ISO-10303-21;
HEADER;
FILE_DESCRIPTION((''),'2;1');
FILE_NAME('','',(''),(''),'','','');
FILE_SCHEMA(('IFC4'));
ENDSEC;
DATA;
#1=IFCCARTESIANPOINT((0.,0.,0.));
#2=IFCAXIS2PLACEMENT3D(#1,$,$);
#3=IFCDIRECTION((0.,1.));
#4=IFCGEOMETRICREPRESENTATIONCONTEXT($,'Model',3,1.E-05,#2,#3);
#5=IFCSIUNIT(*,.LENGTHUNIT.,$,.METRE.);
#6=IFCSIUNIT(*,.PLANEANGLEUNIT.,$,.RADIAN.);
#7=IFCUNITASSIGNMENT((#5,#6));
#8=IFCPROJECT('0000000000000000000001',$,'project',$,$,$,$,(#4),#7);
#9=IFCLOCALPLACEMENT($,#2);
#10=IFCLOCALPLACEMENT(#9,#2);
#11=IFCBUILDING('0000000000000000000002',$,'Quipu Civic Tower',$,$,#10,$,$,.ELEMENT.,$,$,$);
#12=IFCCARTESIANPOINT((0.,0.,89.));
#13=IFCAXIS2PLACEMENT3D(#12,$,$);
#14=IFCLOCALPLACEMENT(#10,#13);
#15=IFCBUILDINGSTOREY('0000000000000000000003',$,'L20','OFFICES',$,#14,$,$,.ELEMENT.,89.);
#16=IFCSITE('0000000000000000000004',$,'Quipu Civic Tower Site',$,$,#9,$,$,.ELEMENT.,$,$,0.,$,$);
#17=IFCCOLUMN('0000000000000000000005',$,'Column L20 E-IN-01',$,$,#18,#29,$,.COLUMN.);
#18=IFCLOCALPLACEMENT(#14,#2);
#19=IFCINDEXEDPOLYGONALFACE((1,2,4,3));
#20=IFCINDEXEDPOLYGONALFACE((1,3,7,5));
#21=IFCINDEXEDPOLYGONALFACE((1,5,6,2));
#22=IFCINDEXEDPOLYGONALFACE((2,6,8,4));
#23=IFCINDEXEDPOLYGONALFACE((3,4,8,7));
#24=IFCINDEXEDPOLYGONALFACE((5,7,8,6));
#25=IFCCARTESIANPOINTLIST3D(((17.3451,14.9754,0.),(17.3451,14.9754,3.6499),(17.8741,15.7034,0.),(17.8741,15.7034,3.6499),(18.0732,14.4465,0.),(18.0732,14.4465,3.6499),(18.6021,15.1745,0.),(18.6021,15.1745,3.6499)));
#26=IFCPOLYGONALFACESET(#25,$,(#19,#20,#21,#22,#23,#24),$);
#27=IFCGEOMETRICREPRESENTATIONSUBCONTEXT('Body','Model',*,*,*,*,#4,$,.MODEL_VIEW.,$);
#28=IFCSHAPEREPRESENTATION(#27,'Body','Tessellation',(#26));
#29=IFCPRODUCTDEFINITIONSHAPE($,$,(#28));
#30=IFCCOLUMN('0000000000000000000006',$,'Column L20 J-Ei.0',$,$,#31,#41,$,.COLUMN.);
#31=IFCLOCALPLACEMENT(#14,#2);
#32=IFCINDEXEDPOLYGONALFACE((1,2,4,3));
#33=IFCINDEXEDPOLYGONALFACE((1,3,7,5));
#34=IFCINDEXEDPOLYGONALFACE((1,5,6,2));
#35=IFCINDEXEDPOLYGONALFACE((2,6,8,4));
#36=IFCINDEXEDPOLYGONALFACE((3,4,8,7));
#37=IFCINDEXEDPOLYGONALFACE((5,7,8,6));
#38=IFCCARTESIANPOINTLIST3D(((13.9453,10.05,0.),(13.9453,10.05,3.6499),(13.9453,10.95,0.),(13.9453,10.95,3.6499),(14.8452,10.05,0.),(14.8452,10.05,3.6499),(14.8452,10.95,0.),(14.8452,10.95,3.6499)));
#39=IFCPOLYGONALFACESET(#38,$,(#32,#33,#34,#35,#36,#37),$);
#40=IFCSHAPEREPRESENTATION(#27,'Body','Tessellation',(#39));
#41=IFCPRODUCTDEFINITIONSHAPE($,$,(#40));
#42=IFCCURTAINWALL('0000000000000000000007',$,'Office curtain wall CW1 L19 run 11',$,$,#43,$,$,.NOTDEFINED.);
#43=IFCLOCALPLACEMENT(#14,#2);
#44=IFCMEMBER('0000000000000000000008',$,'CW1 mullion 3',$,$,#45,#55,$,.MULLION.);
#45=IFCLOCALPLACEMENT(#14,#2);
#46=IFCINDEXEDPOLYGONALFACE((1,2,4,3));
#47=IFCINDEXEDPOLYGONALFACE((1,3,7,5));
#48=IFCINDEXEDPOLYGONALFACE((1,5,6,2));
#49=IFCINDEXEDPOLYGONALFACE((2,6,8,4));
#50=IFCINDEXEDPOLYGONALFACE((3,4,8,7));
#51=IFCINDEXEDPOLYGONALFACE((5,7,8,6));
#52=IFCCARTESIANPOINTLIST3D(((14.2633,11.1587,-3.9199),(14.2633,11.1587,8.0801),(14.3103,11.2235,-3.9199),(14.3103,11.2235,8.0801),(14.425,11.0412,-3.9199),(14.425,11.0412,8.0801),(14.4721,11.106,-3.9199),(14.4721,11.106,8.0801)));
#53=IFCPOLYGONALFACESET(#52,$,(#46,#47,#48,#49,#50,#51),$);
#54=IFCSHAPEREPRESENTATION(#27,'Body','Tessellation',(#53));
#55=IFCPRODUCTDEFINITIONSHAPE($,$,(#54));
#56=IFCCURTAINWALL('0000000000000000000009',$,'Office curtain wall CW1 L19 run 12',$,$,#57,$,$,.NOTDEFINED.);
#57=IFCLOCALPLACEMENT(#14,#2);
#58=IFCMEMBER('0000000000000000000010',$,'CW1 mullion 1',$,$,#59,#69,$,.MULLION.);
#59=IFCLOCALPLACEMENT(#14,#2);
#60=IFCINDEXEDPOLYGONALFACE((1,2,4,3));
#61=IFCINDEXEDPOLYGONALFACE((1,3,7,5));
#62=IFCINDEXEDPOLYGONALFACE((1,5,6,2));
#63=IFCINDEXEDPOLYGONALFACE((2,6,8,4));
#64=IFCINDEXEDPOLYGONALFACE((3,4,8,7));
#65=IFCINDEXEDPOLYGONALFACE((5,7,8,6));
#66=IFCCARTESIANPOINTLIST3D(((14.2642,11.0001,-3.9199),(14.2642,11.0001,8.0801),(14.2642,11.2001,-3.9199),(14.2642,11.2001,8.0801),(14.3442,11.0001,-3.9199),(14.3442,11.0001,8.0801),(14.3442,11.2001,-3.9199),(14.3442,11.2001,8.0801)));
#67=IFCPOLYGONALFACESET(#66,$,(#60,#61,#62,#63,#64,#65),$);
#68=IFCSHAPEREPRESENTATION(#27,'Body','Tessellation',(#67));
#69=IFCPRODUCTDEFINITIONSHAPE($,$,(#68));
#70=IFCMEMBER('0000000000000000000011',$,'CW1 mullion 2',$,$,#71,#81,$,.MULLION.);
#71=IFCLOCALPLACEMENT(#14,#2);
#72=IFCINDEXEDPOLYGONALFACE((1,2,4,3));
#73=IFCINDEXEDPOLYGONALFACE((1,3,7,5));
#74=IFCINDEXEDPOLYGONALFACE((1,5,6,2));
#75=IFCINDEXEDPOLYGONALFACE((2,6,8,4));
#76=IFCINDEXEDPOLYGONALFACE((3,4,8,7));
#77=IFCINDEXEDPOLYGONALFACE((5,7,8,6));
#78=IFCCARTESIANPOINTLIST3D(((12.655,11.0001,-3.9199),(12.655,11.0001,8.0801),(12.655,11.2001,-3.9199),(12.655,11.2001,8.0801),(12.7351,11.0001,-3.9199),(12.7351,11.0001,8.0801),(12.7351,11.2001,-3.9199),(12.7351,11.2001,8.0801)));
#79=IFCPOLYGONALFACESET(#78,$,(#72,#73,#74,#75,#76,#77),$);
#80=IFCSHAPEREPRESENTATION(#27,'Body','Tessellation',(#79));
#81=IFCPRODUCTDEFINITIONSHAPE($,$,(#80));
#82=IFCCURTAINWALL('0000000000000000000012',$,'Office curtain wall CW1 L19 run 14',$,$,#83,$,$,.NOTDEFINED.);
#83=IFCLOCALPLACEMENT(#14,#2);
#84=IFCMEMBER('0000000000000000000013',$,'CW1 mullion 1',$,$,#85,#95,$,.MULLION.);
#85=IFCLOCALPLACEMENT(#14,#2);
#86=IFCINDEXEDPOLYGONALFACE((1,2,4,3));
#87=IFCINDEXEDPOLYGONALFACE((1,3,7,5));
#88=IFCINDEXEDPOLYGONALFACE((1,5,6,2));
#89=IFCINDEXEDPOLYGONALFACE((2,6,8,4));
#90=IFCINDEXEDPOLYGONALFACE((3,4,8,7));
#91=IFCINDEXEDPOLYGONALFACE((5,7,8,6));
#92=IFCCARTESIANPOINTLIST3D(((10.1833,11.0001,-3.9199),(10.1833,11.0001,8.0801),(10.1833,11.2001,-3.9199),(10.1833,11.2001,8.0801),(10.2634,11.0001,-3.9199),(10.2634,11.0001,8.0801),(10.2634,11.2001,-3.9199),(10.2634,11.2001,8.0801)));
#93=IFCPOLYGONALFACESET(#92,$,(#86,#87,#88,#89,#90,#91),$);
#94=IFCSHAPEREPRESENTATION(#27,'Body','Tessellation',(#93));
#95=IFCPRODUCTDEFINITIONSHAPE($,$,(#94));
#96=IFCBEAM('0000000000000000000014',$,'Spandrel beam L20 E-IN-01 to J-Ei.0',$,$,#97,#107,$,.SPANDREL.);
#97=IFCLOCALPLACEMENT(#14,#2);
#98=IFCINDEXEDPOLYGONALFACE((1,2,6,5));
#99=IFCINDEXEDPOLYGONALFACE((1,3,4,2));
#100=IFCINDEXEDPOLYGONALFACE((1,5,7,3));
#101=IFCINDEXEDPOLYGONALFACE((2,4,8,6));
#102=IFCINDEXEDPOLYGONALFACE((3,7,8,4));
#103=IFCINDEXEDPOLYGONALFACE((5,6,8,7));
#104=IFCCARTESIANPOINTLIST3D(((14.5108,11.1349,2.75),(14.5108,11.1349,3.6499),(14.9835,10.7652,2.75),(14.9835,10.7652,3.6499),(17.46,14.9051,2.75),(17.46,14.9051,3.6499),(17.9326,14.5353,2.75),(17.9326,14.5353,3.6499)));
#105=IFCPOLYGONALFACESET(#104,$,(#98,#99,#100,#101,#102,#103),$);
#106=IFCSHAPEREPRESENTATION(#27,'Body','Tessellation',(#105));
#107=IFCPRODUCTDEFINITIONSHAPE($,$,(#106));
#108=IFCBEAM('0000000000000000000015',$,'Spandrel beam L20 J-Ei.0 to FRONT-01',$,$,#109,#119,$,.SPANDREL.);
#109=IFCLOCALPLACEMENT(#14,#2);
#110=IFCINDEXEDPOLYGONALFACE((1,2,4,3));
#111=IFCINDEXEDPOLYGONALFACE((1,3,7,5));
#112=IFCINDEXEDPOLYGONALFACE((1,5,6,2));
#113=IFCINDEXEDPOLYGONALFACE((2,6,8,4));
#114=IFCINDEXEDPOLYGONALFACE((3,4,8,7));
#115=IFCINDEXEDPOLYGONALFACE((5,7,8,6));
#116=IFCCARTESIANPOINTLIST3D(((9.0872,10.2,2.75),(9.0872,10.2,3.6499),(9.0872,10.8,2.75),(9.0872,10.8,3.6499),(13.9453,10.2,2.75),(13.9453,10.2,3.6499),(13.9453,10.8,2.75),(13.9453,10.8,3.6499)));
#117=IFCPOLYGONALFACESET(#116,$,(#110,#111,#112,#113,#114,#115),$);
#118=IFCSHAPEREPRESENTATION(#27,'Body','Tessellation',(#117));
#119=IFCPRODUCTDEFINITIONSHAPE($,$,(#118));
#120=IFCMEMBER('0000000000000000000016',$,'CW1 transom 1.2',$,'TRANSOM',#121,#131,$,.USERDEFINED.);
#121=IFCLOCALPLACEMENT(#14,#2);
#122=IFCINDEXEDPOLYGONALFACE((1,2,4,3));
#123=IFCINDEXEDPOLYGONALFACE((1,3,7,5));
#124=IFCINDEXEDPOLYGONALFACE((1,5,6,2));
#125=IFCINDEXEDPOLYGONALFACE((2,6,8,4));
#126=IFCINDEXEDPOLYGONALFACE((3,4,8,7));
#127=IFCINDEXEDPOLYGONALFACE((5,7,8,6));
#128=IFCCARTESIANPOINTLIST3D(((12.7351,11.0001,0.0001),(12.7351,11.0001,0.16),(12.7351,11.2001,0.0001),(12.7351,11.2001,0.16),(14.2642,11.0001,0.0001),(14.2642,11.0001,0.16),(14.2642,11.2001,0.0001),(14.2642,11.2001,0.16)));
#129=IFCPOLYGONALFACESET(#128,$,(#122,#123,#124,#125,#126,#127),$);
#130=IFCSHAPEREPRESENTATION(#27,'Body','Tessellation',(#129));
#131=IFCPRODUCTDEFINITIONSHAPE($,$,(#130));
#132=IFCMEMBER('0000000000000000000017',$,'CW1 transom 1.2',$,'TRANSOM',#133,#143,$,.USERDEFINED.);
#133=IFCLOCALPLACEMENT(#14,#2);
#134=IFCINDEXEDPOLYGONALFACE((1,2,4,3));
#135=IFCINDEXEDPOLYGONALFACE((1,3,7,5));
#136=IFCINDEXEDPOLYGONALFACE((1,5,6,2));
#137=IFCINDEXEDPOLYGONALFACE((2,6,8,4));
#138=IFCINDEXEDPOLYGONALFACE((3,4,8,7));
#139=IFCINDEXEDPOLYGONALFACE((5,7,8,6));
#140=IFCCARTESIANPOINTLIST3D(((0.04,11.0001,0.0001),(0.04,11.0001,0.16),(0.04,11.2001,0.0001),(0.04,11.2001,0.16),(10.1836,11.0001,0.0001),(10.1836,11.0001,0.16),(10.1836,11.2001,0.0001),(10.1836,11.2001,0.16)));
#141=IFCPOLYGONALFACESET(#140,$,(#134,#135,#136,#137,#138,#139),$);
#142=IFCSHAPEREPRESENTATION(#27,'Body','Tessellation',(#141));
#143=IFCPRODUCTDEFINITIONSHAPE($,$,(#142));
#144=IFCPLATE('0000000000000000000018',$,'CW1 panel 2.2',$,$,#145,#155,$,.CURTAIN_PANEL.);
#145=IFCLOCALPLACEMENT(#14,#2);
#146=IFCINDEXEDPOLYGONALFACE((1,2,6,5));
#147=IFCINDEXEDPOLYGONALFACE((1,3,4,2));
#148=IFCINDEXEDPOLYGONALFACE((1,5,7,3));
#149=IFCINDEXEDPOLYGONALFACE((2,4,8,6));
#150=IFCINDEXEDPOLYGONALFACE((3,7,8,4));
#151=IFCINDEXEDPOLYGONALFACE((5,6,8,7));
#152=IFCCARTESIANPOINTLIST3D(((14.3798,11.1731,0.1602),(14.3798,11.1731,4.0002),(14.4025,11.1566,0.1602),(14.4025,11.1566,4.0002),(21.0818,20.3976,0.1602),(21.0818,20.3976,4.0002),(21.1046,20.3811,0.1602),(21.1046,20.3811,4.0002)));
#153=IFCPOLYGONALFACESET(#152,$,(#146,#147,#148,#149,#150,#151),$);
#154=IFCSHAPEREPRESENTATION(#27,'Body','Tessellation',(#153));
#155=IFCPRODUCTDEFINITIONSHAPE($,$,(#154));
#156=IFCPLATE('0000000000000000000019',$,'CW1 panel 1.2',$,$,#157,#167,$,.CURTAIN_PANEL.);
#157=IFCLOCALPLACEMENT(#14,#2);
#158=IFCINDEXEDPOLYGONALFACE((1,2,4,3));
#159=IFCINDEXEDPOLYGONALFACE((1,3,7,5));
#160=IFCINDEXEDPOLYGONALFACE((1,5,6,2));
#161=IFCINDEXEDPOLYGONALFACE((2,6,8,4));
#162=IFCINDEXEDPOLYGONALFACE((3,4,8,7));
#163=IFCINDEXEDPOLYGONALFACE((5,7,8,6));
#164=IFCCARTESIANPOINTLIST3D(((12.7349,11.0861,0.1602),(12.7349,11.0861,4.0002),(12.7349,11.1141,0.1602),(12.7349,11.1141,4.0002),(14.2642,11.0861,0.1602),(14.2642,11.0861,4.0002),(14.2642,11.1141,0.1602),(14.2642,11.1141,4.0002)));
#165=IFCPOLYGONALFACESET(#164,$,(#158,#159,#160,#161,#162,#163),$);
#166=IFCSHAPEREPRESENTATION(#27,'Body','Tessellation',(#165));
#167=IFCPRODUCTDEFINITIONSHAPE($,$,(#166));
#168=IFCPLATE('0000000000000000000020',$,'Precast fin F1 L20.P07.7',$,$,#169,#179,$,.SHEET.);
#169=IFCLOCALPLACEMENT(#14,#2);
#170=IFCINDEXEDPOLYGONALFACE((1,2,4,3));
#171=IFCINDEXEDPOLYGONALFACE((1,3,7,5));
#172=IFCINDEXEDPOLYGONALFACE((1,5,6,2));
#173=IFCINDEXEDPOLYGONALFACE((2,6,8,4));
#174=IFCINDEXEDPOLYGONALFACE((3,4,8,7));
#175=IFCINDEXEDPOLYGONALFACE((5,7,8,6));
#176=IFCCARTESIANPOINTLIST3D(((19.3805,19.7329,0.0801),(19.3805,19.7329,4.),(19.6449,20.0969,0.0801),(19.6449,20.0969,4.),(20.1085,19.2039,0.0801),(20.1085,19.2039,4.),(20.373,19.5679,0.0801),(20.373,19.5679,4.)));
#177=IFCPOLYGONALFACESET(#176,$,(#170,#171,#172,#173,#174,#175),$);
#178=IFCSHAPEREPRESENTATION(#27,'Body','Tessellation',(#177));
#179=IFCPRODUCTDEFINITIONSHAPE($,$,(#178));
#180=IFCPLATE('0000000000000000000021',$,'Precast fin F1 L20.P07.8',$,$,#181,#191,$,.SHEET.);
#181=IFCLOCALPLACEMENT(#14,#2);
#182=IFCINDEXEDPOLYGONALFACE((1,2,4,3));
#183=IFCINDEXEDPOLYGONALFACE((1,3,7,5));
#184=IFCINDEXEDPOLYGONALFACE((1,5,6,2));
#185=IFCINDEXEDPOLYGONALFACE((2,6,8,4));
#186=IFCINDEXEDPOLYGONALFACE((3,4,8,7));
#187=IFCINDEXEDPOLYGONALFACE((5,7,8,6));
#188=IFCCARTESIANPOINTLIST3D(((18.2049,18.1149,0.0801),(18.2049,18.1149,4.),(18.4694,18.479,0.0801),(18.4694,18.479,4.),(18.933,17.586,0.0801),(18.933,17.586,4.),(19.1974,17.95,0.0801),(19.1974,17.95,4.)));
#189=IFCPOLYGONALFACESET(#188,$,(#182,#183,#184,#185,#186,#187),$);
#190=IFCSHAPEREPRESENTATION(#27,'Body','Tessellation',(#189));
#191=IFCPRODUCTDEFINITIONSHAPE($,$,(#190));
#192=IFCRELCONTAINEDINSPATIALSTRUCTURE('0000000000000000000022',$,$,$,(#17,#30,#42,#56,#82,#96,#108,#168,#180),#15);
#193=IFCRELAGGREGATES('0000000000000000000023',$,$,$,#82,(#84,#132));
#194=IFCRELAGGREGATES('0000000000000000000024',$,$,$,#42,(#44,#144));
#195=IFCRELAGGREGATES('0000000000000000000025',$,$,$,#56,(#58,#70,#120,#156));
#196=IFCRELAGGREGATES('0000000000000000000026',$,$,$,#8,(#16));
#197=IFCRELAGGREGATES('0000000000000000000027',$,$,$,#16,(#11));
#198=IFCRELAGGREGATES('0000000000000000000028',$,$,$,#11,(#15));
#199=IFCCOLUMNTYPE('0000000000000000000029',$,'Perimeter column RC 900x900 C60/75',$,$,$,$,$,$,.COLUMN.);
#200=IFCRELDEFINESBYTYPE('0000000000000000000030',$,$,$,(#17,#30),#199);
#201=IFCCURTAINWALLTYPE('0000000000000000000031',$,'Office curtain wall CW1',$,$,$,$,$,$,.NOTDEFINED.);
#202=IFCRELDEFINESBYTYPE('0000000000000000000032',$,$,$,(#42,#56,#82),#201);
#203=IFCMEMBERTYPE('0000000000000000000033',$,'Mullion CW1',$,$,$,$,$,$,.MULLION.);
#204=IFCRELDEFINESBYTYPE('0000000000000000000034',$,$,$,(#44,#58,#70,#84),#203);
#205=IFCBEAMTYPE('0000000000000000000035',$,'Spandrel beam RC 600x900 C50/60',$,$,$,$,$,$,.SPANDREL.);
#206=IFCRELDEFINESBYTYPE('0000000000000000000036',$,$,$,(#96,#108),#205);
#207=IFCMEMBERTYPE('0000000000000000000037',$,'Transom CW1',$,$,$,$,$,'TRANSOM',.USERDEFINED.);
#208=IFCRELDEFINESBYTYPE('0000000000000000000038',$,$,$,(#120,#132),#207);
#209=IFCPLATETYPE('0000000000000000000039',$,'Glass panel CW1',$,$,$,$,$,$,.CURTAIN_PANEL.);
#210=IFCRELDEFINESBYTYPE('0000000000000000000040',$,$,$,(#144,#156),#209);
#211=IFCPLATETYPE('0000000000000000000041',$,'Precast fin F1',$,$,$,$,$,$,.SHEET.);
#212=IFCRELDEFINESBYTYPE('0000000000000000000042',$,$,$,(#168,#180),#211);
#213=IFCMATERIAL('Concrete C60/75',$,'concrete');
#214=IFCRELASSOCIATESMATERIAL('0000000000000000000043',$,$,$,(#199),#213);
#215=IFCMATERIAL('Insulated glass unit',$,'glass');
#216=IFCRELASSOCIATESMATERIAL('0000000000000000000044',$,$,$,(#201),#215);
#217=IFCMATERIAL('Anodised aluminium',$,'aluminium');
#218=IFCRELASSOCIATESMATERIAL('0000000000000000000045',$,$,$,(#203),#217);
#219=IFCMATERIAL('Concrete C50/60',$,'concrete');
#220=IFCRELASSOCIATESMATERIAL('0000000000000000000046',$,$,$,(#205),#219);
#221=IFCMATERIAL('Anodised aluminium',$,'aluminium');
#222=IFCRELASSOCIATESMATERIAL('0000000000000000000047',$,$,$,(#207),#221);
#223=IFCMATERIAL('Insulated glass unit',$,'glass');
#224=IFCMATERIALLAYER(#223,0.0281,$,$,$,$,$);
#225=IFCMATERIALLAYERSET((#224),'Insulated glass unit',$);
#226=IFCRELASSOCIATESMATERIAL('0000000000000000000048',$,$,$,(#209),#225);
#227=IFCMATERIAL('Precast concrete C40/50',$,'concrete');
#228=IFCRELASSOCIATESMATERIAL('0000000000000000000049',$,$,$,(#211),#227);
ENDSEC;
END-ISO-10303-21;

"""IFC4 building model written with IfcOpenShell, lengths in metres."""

from ifc_helpers import new_model, si_unit, direction, frame, origin, origin_2d, place, context, subcontext, project, spatial, rectangle, extrude, material, layer, layer_set, material_profile, profile_set, type_object, element, aggregate, save


model = new_model("IFC4")

# Units and contexts
model_context = context("Model", 3, precision=1e-05, world=origin(), true_north=direction((0.0, 1.0)))
body_context = subcontext(model_context, "Body", "Model", "MODEL_VIEW")
ifc_project = project(units=[si_unit("LENGTHUNIT", "METRE"), si_unit("PLANEANGLEUNIT", "RADIAN")], contexts=[model_context])

# Site, building, storey
site_placement = place(None, origin())
site = spatial("IfcSite", under=ifc_project, at=site_placement, Name="Quipu Civic Tower Site", CompositionType="ELEMENT", RefElevation=0.0)
building_placement = place(site_placement, origin())
building = spatial("IfcBuilding", under=site, at=building_placement, Name="Quipu Civic Tower", CompositionType="ELEMENT")
storey_placement = place(building_placement, frame((0.0, 0.0, 89.0)))
storey = spatial("IfcBuildingStorey", under=building, at=storey_placement, Name="L20", Description="OFFICES", CompositionType="ELEMENT", Elevation=89.0)

# Columns
ifc_material_1 = material(Name="Concrete C60/75", Category="concrete")
ifc_material_profile_1 = material_profile(ifc_material_1, rectangle(XDim=0.8999, YDim=0.8999, at=origin_2d()), Name="RC900x900")
ifc_profile_set_1 = profile_set([ifc_material_profile_1], Name="Concrete C60/75")
column_type = type_object("IfcColumnType", Name="Perimeter column RC 900x900 C60/75", PredefinedType="COLUMN", material=ifc_profile_set_1)
for number, where, z_axis, x_axis, name in (
    (1, (17.9736, 15.075, 0.0), (0.0, 0.0, 1.0), (-0.587785, -0.809017, 0.0), "Column L20 E-IN-01"),
    (2, (14.3953, 10.5, 0.0), (0.0, 0.0, 1.0), (-1.0, 0.0, 0.0), "Column L20 J-Ei.0"),
):
    element("IfcColumn", number, at=place(storey_placement, frame(where, z_axis=z_axis, x_axis=x_axis)), inside=storey, type_object=column_type, Name=name, PredefinedType="COLUMN", context=body_context, shape_type="SweptSolid", body=[
        extrude(rectangle(XDim=0.8999, YDim=0.8999, at=origin_2d()), origin(), (0.0, 0.0, 1.0), 3.6499),
    ])

# Curtain wall, member
ifc_material_2 = material(Name="Insulated glass unit", Category="glass")
curtain_wall_type = type_object("IfcCurtainWallType", Name="Office curtain wall CW1", PredefinedType="NOTDEFINED", material=ifc_material_2)
curtain_wall_1_placement = place(storey_placement, origin())
curtain_wall_1 = element("IfcCurtainWall", 3, at=curtain_wall_1_placement, inside=storey, type_object=curtain_wall_type, Name="Office curtain wall CW1 L19 run 11", PredefinedType="NOTDEFINED")
ifc_material_3 = material(Name="Anodised aluminium", Category="aluminium")
ifc_material_profile_2 = material_profile(ifc_material_3, rectangle(XDim=0.2, YDim=0.0801, at=origin_2d()), Name="RECT 200x80")
ifc_profile_set_2 = profile_set([ifc_material_profile_2], Name="Anodised aluminium")
member_type_1 = type_object("IfcMemberType", Name="Mullion CW1", PredefinedType="MULLION", material=ifc_profile_set_2)
member_1_placement = place(storey_placement, frame((14.3677, 11.1323, -3.9199), z_axis=(0.0, 0.0, 1.0), x_axis=(0.809014, -0.587789, 0.0)))
member_1 = element("IfcMember", 4, at=member_1_placement, type_object=member_type_1, Name="CW1 mullion 3", PredefinedType="MULLION", context=body_context, shape_type="SweptSolid", body=[
    extrude(rectangle(XDim=0.2, YDim=0.0801, at=origin_2d()), origin(), (0.0, 0.0, 1.0), 12.0),
])

# Curtain wall, members
curtain_wall_2_placement = place(storey_placement, origin())
curtain_wall_2 = element("IfcCurtainWall", 5, at=curtain_wall_2_placement, inside=storey, type_object=curtain_wall_type, Name="Office curtain wall CW1 L19 run 12", PredefinedType="NOTDEFINED")
member_2_placement = place(storey_placement, frame((14.3042, 11.1001, -3.9199), z_axis=(0.0, 0.0, 1.0), x_axis=(0.0, -1.0, 0.0)))
member_2 = element("IfcMember", 6, at=member_2_placement, type_object=member_type_1, Name="CW1 mullion 1", PredefinedType="MULLION", context=body_context, shape_type="SweptSolid", body=[
    extrude(rectangle(XDim=0.2, YDim=0.0801, at=origin_2d()), origin(), (0.0, 0.0, 1.0), 12.0),
])
member_3_placement = place(storey_placement, frame((12.6951, 11.1001, -3.9199), z_axis=(0.0, 0.0, 1.0), x_axis=(0.0, -1.0, 0.0)))
member_3 = element("IfcMember", 7, at=member_3_placement, type_object=member_type_1, Name="CW1 mullion 2", PredefinedType="MULLION", context=body_context, shape_type="SweptSolid", body=[
    extrude(rectangle(XDim=0.2, YDim=0.0801, at=origin_2d()), origin(), (0.0, 0.0, 1.0), 12.0),
])

# Curtain wall, member
curtain_wall_3_placement = place(storey_placement, origin())
curtain_wall_3 = element("IfcCurtainWall", 8, at=curtain_wall_3_placement, inside=storey, type_object=curtain_wall_type, Name="Office curtain wall CW1 L19 run 14", PredefinedType="NOTDEFINED")
member_4_placement = place(storey_placement, frame((10.2234, 11.1001, -3.9199), z_axis=(0.0, 0.0, 1.0), x_axis=(0.0, -1.0, 0.0)))
member_4 = element("IfcMember", 9, at=member_4_placement, type_object=member_type_1, Name="CW1 mullion 1", PredefinedType="MULLION", context=body_context, shape_type="SweptSolid", body=[
    extrude(rectangle(XDim=0.2, YDim=0.0801, at=origin_2d()), origin(), (0.0, 0.0, 1.0), 12.0),
])

# Beams
ifc_material_4 = material(Name="Concrete C50/60", Category="concrete")
ifc_material_profile_3 = material_profile(ifc_material_4, rectangle(XDim=0.6001, YDim=0.8999, at=origin_2d()), Name="RC600x900")
ifc_profile_set_3 = profile_set([ifc_material_profile_3], Name="Concrete C50/60")
beam_type = type_object("IfcBeamType", Name="Spandrel beam RC 600x900 C50/60", PredefinedType="SPANDREL", material=ifc_profile_set_3)
beam_1_placement = place(storey_placement, frame((17.6963, 14.7202, 3.2), z_axis=(-0.616124, -0.787649, 0.0), x_axis=(0.787649, -0.616124, 0.0)))
element("IfcBeam", 10, at=beam_1_placement, inside=storey, type_object=beam_type, Name="Spandrel beam L20 E-IN-01 to J-Ei.0", PredefinedType="SPANDREL", context=body_context, shape_type="SweptSolid", body=[
    extrude(rectangle(XDim=0.6001, YDim=0.8999, at=origin_2d()), origin(), (0.0, 0.0, 1.0), 4.7866),
])
beam_2_placement = place(storey_placement, frame((13.9453, 10.5, 3.2), z_axis=(-1.0, 0.0, 0.0), x_axis=(0.0, -1.0, 0.0)))
element("IfcBeam", 11, at=beam_2_placement, inside=storey, type_object=beam_type, Name="Spandrel beam L20 J-Ei.0 to FRONT-01", PredefinedType="SPANDREL", context=body_context, shape_type="SweptSolid", body=[
    extrude(rectangle(XDim=0.6001, YDim=0.8999, at=origin_2d()), origin(), (0.0, 0.0, 1.0), 4.8582),
])

# Members
ifc_material_5 = material(Name="Anodised aluminium", Category="aluminium")
ifc_material_profile_4 = material_profile(ifc_material_5, rectangle(XDim=0.2, YDim=0.1599, at=origin_2d()), Name="RECT 200x160")
ifc_profile_set_4 = profile_set([ifc_material_profile_4], Name="Anodised aluminium")
member_type_2 = type_object("IfcMemberType", Name="Transom CW1", ElementType="TRANSOM", PredefinedType="USERDEFINED", material=ifc_profile_set_4)
member_5_placement = place(storey_placement, frame((14.2642, 11.1001, 0.0801), z_axis=(-1.0, 0.0, 0.0), x_axis=(0.0, -1.0, 0.0)))
member_5 = element("IfcMember", 12, at=member_5_placement, type_object=member_type_2, Name="CW1 transom 1.2", ObjectType="TRANSOM", PredefinedType="USERDEFINED", context=body_context, shape_type="SweptSolid", body=[
    extrude(rectangle(XDim=0.2, YDim=0.1599, at=origin_2d()), origin(), (0.0, 0.0, 1.0), 1.5291),
])
member_6_placement = place(storey_placement, frame((10.1836, 11.1001, 0.0801), z_axis=(-1.0, 0.0, 0.0), x_axis=(0.0, -1.0, 0.0)))
member_6 = element("IfcMember", 13, at=member_6_placement, type_object=member_type_2, Name="CW1 transom 1.2", ObjectType="TRANSOM", PredefinedType="USERDEFINED", context=body_context, shape_type="SweptSolid", body=[
    extrude(rectangle(XDim=0.2, YDim=0.1599, at=origin_2d()), origin(), (0.0, 0.0, 1.0), 10.1436),
])
aggregate(curtain_wall_3, [member_4, member_6])

# Plates
ifc_material_6 = material(Name="Insulated glass unit", Category="glass")
ifc_layer_1 = layer(ifc_material_6, 0.0281)
ifc_layer_set_1 = layer_set([ifc_layer_1], Name="Insulated glass unit")
plate_type_1 = type_object("IfcPlateType", Name="Glass panel CW1", PredefinedType="CURTAIN_PANEL", material=ifc_layer_set_1)
plate_1_placement = place(storey_placement, frame((17.7422, 15.7771, 0.1602), z_axis=(0.0, 0.0, 1.0), x_axis=(-0.587789, -0.809014, 0.0)))
plate_1 = element("IfcPlate", 14, at=plate_1_placement, type_object=plate_type_1, Name="CW1 panel 2.2", PredefinedType="CURTAIN_PANEL", context=body_context, shape_type="SweptSolid", body=[
    extrude(rectangle(XDim=11.4021, YDim=0.0281, at=origin_2d()), origin(), (0.0, 0.0, 1.0), 3.8401),
])
aggregate(curtain_wall_1, [member_1, plate_1])
plate_2_placement = place(storey_placement, frame((13.4995, 11.1001, 0.1602), z_axis=(0.0, 0.0, 1.0), x_axis=(-1.0, 0.0, 0.0)))
plate_2 = element("IfcPlate", 15, at=plate_2_placement, type_object=plate_type_1, Name="CW1 panel 1.2", PredefinedType="CURTAIN_PANEL", context=body_context, shape_type="SweptSolid", body=[
    extrude(rectangle(XDim=1.5293, YDim=0.0281, at=origin_2d()), origin(), (0.0, 0.0, 1.0), 3.8401),
])
aggregate(curtain_wall_2, [member_2, member_3, member_5, plate_2])

# Plates
ifc_material_7 = material(Name="Precast concrete C40/50", Category="concrete")
plate_type_2 = type_object("IfcPlateType", Name="Precast fin F1", PredefinedType="SHEET", material=ifc_material_7)
for number, where, z_axis, x_axis, name in (
    (16, (19.8767, 19.6504, 0.0801), (0.0, 0.0, 1.0), (-0.587787, -0.809016, 0.0), "Precast fin F1 L20.P07.7"),
    (17, (18.7012, 18.0325, 0.0801), (0.0, 0.0, 1.0), (-0.587787, -0.809016, 0.0), "Precast fin F1 L20.P07.8"),
):
    element("IfcPlate", number, at=place(storey_placement, frame(where, z_axis=z_axis, x_axis=x_axis)), inside=storey, type_object=plate_type_2, Name=name, PredefinedType="SHEET", context=body_context, shape_type="SweptSolid", body=[
        extrude(rectangle(XDim=0.45, YDim=0.8999, at=origin_2d()), origin(), (0.0, 0.0, 1.0), 3.9199),
    ])

save(model, "model.ifc")
